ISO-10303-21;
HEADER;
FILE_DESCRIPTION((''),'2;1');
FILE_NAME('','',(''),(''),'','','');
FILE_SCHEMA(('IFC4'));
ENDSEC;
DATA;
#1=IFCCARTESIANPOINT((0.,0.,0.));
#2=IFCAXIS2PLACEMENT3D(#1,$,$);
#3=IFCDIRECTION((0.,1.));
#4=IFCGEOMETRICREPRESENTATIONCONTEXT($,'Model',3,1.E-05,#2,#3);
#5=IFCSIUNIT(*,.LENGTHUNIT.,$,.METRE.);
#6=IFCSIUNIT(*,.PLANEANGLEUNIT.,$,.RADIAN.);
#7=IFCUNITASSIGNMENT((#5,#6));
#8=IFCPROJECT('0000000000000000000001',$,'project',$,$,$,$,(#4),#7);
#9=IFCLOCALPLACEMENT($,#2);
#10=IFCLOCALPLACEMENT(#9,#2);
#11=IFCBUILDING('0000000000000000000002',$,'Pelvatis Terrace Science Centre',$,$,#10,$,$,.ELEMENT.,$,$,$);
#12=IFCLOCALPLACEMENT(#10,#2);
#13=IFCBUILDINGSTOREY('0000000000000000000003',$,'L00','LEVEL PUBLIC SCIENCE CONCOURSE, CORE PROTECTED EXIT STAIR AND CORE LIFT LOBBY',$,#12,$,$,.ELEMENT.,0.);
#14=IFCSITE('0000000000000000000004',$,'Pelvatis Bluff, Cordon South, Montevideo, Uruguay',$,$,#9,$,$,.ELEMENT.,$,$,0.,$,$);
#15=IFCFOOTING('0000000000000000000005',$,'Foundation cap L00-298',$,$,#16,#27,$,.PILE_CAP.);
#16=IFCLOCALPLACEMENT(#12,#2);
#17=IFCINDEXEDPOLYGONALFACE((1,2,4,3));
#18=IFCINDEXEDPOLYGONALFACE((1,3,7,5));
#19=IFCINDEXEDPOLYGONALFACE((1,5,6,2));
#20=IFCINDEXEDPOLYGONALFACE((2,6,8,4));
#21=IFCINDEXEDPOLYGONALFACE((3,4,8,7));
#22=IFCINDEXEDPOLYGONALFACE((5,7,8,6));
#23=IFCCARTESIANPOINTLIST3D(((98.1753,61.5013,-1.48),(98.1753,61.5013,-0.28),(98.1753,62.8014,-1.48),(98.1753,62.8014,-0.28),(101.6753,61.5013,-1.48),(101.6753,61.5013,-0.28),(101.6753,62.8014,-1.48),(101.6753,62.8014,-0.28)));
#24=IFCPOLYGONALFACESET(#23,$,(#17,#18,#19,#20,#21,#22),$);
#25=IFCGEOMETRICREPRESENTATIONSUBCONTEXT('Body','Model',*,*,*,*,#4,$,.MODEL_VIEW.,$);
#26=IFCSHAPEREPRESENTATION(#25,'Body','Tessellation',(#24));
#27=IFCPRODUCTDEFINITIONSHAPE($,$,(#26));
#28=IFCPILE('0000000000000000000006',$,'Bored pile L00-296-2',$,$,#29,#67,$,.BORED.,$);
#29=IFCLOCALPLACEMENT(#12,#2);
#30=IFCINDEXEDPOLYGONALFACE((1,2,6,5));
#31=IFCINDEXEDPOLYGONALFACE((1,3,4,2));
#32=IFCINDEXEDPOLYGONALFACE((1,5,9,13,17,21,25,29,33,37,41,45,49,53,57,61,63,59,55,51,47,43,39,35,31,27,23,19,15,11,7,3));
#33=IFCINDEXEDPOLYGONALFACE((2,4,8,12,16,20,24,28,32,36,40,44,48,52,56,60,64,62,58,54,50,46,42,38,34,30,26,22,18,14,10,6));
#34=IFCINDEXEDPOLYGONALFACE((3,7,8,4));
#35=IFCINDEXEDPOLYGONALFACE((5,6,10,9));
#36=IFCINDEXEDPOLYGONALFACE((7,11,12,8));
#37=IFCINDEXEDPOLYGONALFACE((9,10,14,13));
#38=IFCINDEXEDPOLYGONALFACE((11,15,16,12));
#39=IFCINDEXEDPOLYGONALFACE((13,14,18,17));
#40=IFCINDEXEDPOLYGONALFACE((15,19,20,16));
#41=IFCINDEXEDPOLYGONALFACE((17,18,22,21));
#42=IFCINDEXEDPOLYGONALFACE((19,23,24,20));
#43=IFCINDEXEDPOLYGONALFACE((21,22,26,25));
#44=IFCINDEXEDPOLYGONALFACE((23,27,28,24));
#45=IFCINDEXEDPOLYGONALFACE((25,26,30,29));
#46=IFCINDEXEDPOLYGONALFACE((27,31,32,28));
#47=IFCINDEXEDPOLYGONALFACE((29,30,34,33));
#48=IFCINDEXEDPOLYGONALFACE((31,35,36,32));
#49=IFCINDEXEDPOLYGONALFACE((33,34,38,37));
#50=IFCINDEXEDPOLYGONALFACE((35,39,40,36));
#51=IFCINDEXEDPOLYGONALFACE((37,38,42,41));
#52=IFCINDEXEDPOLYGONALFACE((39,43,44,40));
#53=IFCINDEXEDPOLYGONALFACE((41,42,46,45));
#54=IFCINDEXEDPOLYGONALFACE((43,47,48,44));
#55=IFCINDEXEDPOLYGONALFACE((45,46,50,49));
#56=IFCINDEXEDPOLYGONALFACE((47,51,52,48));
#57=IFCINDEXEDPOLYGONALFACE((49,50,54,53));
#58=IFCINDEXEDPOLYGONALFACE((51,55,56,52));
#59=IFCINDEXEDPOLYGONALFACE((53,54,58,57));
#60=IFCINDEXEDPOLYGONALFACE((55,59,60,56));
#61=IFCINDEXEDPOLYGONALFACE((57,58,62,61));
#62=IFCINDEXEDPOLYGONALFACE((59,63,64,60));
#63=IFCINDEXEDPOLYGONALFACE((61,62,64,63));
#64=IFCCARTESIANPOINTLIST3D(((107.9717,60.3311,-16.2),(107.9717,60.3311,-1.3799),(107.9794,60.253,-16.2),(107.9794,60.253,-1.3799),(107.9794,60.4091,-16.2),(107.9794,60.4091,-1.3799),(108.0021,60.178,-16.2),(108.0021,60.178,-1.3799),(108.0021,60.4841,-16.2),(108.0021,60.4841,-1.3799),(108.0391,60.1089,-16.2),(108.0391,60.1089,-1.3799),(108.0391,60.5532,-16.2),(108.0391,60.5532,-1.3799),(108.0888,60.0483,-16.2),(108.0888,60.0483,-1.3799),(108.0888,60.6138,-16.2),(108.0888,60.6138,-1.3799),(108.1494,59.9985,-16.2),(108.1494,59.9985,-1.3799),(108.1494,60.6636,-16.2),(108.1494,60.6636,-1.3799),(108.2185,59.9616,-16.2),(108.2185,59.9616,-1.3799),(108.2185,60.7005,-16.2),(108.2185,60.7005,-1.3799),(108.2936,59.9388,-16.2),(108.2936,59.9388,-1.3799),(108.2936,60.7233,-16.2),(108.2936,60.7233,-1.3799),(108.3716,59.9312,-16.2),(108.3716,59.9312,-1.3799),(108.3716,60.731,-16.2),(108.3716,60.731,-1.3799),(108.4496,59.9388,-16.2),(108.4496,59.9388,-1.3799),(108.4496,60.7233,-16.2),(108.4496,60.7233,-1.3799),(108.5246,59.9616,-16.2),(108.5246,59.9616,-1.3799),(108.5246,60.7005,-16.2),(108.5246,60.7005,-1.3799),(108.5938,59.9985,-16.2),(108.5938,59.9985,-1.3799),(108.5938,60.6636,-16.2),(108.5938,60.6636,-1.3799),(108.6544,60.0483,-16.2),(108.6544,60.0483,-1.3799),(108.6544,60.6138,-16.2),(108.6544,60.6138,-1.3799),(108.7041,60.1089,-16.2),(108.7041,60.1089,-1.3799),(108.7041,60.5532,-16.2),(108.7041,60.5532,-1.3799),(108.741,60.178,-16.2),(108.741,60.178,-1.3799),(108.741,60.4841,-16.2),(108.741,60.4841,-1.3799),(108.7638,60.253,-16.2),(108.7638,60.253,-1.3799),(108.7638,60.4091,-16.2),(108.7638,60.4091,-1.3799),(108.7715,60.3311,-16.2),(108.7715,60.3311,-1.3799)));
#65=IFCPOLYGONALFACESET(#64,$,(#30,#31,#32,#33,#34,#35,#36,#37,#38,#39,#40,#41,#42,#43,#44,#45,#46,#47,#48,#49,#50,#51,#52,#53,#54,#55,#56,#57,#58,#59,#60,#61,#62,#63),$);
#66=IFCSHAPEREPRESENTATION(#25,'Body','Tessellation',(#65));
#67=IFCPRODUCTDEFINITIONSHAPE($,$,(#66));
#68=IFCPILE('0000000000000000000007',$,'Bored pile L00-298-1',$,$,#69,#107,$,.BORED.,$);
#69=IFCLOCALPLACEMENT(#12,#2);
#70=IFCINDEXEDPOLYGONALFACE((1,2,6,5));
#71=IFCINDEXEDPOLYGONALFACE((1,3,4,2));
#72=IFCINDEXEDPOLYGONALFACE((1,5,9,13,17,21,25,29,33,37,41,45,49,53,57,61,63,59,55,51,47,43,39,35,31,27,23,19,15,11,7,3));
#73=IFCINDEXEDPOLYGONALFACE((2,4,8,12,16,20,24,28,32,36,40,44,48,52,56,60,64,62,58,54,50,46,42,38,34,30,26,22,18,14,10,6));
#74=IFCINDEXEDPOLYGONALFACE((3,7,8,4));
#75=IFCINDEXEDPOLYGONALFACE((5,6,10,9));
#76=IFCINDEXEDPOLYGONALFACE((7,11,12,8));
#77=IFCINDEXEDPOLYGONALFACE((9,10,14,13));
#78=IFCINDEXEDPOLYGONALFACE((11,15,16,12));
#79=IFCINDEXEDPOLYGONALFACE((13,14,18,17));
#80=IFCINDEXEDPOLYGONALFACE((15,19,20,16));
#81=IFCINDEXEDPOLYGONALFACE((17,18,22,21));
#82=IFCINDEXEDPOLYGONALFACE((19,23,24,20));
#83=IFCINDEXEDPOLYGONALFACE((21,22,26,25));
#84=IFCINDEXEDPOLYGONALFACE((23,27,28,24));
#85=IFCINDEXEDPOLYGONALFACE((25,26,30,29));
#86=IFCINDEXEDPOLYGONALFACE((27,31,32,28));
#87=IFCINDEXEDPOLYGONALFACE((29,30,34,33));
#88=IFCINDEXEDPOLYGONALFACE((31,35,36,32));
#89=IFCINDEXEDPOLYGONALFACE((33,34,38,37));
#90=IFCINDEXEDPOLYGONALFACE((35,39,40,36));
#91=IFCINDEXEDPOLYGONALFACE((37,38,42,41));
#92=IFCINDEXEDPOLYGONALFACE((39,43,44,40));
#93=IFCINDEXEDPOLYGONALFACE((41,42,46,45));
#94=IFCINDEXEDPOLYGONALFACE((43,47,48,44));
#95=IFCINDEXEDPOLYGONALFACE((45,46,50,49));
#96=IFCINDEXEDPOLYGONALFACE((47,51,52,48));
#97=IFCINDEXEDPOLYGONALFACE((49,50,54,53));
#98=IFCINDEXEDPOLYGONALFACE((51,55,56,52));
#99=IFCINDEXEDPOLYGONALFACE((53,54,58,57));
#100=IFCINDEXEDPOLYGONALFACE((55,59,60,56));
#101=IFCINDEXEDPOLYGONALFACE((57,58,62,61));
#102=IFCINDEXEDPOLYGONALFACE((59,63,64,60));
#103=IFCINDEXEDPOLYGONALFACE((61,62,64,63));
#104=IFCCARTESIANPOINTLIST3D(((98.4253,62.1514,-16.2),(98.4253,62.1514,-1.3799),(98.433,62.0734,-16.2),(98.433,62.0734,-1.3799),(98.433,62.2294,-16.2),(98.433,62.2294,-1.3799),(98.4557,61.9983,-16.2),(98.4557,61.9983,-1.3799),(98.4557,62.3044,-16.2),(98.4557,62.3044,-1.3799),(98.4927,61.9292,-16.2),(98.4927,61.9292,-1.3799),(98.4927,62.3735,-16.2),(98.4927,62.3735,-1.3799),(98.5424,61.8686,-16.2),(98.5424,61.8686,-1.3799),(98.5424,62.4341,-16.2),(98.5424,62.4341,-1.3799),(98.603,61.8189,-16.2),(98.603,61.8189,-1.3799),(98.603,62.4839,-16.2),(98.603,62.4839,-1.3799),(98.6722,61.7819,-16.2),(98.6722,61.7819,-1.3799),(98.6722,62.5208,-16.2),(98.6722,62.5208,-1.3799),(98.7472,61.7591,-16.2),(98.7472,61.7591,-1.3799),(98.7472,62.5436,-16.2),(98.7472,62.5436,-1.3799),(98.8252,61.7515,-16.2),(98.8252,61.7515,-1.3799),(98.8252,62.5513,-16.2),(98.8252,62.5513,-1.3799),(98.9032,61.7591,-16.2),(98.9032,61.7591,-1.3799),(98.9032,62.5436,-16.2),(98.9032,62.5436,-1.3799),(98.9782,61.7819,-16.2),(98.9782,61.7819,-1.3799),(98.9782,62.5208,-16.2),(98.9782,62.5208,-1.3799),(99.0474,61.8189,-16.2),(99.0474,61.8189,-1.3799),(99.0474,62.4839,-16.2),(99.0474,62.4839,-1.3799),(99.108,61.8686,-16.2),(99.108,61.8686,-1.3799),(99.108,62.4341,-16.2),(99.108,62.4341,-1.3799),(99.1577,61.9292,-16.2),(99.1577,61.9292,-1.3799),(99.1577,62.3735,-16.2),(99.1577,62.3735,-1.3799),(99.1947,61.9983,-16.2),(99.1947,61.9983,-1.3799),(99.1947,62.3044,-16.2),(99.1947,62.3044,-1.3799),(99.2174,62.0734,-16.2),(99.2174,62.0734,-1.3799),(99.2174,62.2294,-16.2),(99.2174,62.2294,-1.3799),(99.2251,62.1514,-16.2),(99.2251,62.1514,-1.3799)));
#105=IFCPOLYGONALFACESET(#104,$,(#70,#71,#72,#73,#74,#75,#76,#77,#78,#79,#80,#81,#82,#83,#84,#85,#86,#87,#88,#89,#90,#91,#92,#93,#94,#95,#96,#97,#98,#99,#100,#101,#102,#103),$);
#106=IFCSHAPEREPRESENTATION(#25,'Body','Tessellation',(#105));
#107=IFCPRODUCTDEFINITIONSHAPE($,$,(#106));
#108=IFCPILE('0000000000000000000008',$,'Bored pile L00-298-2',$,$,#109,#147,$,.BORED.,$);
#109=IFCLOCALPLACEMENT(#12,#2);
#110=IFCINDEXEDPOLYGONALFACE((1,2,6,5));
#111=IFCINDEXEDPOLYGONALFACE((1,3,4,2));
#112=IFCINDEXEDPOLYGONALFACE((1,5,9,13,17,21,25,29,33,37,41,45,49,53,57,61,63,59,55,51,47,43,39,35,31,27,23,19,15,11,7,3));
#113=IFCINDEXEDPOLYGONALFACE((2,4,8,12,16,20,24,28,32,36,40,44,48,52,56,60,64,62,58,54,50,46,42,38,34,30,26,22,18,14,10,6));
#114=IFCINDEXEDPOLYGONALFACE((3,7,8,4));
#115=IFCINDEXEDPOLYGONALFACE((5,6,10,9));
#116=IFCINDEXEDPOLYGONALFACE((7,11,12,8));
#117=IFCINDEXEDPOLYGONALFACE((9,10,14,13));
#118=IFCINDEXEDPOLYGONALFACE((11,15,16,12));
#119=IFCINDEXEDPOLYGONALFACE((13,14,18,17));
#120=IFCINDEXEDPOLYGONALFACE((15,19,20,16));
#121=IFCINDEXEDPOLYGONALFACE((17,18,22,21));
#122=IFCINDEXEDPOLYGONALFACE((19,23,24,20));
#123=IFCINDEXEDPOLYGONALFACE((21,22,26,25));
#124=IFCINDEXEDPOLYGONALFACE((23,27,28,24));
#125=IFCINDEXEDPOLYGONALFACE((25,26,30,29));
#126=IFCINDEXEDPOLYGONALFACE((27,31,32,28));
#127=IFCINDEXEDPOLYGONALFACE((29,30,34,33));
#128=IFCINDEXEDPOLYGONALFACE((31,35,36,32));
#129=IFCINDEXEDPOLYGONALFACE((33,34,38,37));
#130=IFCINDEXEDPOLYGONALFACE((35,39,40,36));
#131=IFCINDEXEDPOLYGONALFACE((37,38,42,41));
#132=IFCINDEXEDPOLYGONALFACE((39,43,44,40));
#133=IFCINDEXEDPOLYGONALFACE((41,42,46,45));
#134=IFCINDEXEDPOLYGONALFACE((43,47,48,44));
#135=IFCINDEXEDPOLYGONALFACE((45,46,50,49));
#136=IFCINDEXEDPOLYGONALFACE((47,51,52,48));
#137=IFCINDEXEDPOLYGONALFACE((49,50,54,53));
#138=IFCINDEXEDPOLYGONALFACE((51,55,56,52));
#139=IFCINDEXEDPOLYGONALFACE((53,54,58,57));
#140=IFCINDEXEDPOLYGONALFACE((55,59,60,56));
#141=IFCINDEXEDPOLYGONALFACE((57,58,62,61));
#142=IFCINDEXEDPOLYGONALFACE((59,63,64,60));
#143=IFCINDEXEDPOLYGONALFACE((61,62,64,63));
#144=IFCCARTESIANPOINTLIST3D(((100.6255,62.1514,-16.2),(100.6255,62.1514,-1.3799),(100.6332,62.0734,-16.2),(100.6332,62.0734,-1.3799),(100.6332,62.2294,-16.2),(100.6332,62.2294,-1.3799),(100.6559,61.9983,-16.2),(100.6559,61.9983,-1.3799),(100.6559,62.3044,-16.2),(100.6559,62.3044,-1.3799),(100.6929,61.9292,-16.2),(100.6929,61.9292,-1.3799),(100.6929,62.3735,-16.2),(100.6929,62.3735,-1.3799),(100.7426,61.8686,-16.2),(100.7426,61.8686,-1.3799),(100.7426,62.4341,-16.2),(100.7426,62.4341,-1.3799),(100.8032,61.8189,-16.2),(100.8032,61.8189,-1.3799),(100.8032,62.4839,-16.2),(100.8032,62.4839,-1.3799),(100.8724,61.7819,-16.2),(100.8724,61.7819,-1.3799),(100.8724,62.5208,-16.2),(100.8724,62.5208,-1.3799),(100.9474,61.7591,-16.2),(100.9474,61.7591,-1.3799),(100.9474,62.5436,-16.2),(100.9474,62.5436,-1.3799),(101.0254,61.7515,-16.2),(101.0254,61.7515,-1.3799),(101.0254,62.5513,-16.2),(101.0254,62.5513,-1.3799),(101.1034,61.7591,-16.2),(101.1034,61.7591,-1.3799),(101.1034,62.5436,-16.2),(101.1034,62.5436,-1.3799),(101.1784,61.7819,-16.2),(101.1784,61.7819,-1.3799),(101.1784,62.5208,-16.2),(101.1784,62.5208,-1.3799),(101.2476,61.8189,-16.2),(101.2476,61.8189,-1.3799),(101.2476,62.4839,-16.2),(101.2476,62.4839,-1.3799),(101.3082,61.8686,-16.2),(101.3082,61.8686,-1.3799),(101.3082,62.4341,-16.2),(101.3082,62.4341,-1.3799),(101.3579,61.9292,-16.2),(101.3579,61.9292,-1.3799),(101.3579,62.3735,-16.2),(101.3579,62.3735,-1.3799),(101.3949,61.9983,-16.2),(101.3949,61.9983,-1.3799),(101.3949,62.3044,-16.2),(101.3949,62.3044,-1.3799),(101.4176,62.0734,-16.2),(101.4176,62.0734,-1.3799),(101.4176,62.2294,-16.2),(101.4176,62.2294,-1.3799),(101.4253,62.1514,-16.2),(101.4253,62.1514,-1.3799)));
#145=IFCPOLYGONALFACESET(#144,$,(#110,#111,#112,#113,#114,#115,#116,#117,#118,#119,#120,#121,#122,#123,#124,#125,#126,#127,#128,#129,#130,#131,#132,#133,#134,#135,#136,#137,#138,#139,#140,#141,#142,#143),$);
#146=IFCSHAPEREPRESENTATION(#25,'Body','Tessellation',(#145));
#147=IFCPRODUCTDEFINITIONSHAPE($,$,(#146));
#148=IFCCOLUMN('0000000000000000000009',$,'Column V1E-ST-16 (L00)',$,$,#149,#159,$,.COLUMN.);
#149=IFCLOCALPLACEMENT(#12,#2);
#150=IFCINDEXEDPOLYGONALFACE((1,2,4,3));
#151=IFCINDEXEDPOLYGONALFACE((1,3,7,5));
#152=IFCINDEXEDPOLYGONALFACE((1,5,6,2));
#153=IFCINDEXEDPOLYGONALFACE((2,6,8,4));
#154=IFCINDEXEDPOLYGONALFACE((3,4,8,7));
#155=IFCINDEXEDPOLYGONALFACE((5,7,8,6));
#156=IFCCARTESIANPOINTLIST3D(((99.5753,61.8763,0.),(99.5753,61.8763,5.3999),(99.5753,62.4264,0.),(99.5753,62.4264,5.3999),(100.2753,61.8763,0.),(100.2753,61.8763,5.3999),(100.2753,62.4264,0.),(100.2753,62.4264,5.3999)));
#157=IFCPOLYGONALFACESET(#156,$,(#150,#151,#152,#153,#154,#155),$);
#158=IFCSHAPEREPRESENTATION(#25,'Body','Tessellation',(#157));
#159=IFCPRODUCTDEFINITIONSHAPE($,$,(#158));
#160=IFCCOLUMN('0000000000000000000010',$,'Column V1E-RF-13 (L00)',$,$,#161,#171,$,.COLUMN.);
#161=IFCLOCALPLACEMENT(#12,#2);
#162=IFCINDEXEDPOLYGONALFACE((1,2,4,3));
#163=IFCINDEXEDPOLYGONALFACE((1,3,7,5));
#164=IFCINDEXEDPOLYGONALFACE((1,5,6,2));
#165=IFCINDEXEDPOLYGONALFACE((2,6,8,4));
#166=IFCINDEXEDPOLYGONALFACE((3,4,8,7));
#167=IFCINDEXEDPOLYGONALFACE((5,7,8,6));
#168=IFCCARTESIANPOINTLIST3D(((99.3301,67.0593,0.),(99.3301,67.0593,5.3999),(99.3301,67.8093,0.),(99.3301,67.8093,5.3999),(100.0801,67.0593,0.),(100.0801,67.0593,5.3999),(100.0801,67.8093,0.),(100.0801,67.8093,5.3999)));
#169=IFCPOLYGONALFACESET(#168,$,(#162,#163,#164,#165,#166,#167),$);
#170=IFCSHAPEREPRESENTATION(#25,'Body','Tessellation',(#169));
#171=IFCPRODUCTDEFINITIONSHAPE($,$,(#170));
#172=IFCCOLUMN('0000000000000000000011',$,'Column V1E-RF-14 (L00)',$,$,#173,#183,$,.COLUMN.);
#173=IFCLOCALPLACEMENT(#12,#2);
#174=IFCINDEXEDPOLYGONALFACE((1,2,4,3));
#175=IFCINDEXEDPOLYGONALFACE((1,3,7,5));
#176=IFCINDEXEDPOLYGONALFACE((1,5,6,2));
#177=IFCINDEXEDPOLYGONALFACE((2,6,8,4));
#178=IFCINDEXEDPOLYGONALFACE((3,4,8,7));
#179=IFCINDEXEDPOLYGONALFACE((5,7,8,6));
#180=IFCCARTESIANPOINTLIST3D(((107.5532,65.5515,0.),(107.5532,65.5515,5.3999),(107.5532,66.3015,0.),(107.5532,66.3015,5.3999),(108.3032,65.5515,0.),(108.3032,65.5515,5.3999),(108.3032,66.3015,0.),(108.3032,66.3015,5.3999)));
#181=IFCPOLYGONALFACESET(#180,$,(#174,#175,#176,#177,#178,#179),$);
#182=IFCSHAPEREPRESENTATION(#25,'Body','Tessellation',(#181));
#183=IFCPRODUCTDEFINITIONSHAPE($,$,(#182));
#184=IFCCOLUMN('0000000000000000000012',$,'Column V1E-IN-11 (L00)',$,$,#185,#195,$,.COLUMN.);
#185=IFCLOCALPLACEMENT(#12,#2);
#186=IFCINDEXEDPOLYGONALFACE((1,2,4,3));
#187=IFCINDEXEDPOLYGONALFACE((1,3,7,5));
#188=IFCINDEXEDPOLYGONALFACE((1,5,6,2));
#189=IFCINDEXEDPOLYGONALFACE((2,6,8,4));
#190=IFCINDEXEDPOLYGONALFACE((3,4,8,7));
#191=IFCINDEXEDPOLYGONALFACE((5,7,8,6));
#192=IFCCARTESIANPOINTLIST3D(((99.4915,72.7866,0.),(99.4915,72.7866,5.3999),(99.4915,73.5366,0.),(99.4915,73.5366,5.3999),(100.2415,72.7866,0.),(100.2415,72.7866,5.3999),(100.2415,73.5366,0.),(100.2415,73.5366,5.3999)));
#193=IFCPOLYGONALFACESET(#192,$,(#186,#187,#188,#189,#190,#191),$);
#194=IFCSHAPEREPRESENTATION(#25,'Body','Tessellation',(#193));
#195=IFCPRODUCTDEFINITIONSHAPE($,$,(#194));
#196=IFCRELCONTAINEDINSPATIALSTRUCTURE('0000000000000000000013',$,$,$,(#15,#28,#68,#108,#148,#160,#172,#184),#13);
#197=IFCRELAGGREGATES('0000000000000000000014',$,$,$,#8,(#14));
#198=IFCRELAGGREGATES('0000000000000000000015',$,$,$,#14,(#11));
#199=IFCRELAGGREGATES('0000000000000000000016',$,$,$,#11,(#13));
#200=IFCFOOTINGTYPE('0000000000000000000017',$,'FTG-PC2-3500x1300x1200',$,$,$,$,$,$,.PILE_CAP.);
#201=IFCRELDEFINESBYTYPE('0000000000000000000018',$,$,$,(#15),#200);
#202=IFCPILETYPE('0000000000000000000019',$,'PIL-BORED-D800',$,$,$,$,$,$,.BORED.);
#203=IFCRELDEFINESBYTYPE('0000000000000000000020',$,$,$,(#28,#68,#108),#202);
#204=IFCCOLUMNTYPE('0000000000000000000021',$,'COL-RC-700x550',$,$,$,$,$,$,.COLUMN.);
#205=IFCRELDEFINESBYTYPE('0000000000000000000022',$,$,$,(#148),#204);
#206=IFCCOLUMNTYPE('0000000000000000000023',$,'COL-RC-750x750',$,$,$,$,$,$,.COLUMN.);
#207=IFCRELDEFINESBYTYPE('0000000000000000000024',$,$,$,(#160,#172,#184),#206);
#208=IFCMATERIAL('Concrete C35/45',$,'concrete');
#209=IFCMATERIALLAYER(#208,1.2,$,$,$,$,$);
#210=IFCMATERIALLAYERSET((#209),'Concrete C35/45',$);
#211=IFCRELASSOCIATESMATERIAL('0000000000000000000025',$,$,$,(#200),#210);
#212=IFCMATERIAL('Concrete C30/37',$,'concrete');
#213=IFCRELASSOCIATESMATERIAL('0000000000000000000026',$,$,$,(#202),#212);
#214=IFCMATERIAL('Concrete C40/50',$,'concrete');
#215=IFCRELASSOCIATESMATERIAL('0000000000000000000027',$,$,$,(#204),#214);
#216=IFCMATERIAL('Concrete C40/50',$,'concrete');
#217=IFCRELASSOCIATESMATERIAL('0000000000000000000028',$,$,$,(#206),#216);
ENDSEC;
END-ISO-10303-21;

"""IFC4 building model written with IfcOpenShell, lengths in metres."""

from ifc_helpers import new_model, si_unit, direction, frame, origin, origin_2d, place, context, subcontext, project, spatial, rectangle, circle, extrude, material, layer, layer_set, material_profile, profile_set, type_object, element, save


model = new_model("IFC4")

# Units and contexts
model_context = context("Model", 3, precision=1e-05, world=origin(), true_north=direction((0.0, 1.0)))
body_context = subcontext(model_context, "Body", "Model", "MODEL_VIEW")
ifc_project = project(units=[si_unit("LENGTHUNIT", "METRE"), si_unit("PLANEANGLEUNIT", "RADIAN")], contexts=[model_context])

# Site, building, storey
site_placement = place(None, origin())
site = spatial("IfcSite", under=ifc_project, at=site_placement, Name="Pelvatis Bluff, Cordon South, Montevideo, Uruguay", CompositionType="ELEMENT", RefElevation=0.0)
building_placement = place(site_placement, origin())
building = spatial("IfcBuilding", under=site, at=building_placement, Name="Pelvatis Terrace Science Centre", CompositionType="ELEMENT")
storey_placement = place(building_placement, origin())
storey = spatial("IfcBuildingStorey", under=building, at=storey_placement, Name="L00", Description="LEVEL PUBLIC SCIENCE CONCOURSE, CORE PROTECTED EXIT STAIR AND CORE LIFT LOBBY", CompositionType="ELEMENT", Elevation=0.0)

# Footing
ifc_material_1 = material(Name="Concrete C35/45", Category="concrete")
ifc_layer_1 = layer(ifc_material_1, 1.2)
ifc_layer_set_1 = layer_set([ifc_layer_1], Name="Concrete C35/45")
footing_type = type_object("IfcFootingType", Name="FTG-PC2-3500x1300x1200", PredefinedType="PILE_CAP", material=ifc_layer_set_1)
footing_placement = place(storey_placement, frame((99.9253, 62.1514, -1.48), z_axis=(0.0, 0.0, 1.0), x_axis=(1.0, 0.0, 0.0)))
element("IfcFooting", 1, at=footing_placement, inside=storey, type_object=footing_type, Name="Foundation cap L00-298", PredefinedType="PILE_CAP", context=body_context, shape_type="SweptSolid", body=[
    extrude(rectangle(XDim=3.5, YDim=1.3, at=origin_2d()), origin(), (0.0, 0.0, 1.0), 1.2),
])

# Piles
ifc_material_2 = material(Name="Concrete C30/37", Category="concrete")
ifc_material_profile_1 = material_profile(ifc_material_2, circle(Radius=0.3999, at=origin_2d()), Name="PILE D800")
ifc_profile_set_1 = profile_set([ifc_material_profile_1], Name="Concrete C30/37")
pile_type = type_object("IfcPileType", Name="PIL-BORED-D800", PredefinedType="BORED", material=ifc_profile_set_1)
for number, where, z_axis, x_axis, name in (
    (2, (108.3716, 60.3311, -1.3799), (0.0, 0.0, -1.0), (1.0, 0.0, 0.0), "Bored pile L00-296-2"),
    (3, (98.8252, 62.1514, -1.3799), (0.0, 0.0, -1.0), (1.0, 0.0, 0.0), "Bored pile L00-298-1"),
    (4, (101.0254, 62.1514, -1.3799), (0.0, 0.0, -1.0), (1.0, 0.0, 0.0), "Bored pile L00-298-2"),
):
    element("IfcPile", number, at=place(storey_placement, frame(where, z_axis=z_axis, x_axis=x_axis)), inside=storey, type_object=pile_type, Name=name, PredefinedType="BORED", context=body_context, shape_type="SweptSolid", body=[
        extrude(circle(Radius=0.3999, at=origin_2d()), origin(), (0.0, 0.0, 1.0), 14.8201),
    ])

# Columns
ifc_material_3 = material(Name="Concrete C40/50", Category="concrete")
ifc_material_profile_2 = material_profile(ifc_material_3, rectangle(XDim=0.7, YDim=0.55, at=origin_2d()), Name="RC-COL 700x550")
ifc_profile_set_2 = profile_set([ifc_material_profile_2], Name="Concrete C40/50")
column_type_1 = type_object("IfcColumnType", Name="COL-RC-700x550", PredefinedType="COLUMN", material=ifc_profile_set_2)
column_placement = place(storey_placement, frame((99.9253, 62.1514, 0.0), z_axis=(0.0, 0.0, 1.0), x_axis=(1.0, 0.0, 0.0)))
element("IfcColumn", 5, at=column_placement, inside=storey, type_object=column_type_1, Name="Column V1E-ST-16 (L00)", PredefinedType="COLUMN", context=body_context, shape_type="SweptSolid", body=[
    extrude(rectangle(XDim=0.7, YDim=0.55, at=origin_2d()), origin(), (0.0, 0.0, 1.0), 5.3999),
])
ifc_material_4 = material(Name="Concrete C40/50", Category="concrete")
ifc_material_profile_3 = material_profile(ifc_material_4, rectangle(XDim=0.75, YDim=0.75, at=origin_2d()), Name="RC-COL 750x750")
ifc_profile_set_3 = profile_set([ifc_material_profile_3], Name="Concrete C40/50")
column_type_2 = type_object("IfcColumnType", Name="COL-RC-750x750", PredefinedType="COLUMN", material=ifc_profile_set_3)
for number, where, z_axis, x_axis, name in (
    (6, (99.7051, 67.4343, 0.0), (0.0, 0.0, 1.0), (1.0, 0.0, 0.0), "Column V1E-RF-13 (L00)"),
    (7, (107.9282, 65.9265, 0.0), (0.0, 0.0, 1.0), (1.0, 0.0, 0.0), "Column V1E-RF-14 (L00)"),
    (8, (99.8665, 73.1616, 0.0), (0.0, 0.0, 1.0), (1.0, 0.0, 0.0), "Column V1E-IN-11 (L00)"),
):
    element("IfcColumn", number, at=place(storey_placement, frame(where, z_axis=z_axis, x_axis=x_axis)), inside=storey, type_object=column_type_2, Name=name, PredefinedType="COLUMN", context=body_context, shape_type="SweptSolid", body=[
        extrude(rectangle(XDim=0.75, YDim=0.75, at=origin_2d()), origin(), (0.0, 0.0, 1.0), 5.3999),
    ])

save(model, "model.ifc")
